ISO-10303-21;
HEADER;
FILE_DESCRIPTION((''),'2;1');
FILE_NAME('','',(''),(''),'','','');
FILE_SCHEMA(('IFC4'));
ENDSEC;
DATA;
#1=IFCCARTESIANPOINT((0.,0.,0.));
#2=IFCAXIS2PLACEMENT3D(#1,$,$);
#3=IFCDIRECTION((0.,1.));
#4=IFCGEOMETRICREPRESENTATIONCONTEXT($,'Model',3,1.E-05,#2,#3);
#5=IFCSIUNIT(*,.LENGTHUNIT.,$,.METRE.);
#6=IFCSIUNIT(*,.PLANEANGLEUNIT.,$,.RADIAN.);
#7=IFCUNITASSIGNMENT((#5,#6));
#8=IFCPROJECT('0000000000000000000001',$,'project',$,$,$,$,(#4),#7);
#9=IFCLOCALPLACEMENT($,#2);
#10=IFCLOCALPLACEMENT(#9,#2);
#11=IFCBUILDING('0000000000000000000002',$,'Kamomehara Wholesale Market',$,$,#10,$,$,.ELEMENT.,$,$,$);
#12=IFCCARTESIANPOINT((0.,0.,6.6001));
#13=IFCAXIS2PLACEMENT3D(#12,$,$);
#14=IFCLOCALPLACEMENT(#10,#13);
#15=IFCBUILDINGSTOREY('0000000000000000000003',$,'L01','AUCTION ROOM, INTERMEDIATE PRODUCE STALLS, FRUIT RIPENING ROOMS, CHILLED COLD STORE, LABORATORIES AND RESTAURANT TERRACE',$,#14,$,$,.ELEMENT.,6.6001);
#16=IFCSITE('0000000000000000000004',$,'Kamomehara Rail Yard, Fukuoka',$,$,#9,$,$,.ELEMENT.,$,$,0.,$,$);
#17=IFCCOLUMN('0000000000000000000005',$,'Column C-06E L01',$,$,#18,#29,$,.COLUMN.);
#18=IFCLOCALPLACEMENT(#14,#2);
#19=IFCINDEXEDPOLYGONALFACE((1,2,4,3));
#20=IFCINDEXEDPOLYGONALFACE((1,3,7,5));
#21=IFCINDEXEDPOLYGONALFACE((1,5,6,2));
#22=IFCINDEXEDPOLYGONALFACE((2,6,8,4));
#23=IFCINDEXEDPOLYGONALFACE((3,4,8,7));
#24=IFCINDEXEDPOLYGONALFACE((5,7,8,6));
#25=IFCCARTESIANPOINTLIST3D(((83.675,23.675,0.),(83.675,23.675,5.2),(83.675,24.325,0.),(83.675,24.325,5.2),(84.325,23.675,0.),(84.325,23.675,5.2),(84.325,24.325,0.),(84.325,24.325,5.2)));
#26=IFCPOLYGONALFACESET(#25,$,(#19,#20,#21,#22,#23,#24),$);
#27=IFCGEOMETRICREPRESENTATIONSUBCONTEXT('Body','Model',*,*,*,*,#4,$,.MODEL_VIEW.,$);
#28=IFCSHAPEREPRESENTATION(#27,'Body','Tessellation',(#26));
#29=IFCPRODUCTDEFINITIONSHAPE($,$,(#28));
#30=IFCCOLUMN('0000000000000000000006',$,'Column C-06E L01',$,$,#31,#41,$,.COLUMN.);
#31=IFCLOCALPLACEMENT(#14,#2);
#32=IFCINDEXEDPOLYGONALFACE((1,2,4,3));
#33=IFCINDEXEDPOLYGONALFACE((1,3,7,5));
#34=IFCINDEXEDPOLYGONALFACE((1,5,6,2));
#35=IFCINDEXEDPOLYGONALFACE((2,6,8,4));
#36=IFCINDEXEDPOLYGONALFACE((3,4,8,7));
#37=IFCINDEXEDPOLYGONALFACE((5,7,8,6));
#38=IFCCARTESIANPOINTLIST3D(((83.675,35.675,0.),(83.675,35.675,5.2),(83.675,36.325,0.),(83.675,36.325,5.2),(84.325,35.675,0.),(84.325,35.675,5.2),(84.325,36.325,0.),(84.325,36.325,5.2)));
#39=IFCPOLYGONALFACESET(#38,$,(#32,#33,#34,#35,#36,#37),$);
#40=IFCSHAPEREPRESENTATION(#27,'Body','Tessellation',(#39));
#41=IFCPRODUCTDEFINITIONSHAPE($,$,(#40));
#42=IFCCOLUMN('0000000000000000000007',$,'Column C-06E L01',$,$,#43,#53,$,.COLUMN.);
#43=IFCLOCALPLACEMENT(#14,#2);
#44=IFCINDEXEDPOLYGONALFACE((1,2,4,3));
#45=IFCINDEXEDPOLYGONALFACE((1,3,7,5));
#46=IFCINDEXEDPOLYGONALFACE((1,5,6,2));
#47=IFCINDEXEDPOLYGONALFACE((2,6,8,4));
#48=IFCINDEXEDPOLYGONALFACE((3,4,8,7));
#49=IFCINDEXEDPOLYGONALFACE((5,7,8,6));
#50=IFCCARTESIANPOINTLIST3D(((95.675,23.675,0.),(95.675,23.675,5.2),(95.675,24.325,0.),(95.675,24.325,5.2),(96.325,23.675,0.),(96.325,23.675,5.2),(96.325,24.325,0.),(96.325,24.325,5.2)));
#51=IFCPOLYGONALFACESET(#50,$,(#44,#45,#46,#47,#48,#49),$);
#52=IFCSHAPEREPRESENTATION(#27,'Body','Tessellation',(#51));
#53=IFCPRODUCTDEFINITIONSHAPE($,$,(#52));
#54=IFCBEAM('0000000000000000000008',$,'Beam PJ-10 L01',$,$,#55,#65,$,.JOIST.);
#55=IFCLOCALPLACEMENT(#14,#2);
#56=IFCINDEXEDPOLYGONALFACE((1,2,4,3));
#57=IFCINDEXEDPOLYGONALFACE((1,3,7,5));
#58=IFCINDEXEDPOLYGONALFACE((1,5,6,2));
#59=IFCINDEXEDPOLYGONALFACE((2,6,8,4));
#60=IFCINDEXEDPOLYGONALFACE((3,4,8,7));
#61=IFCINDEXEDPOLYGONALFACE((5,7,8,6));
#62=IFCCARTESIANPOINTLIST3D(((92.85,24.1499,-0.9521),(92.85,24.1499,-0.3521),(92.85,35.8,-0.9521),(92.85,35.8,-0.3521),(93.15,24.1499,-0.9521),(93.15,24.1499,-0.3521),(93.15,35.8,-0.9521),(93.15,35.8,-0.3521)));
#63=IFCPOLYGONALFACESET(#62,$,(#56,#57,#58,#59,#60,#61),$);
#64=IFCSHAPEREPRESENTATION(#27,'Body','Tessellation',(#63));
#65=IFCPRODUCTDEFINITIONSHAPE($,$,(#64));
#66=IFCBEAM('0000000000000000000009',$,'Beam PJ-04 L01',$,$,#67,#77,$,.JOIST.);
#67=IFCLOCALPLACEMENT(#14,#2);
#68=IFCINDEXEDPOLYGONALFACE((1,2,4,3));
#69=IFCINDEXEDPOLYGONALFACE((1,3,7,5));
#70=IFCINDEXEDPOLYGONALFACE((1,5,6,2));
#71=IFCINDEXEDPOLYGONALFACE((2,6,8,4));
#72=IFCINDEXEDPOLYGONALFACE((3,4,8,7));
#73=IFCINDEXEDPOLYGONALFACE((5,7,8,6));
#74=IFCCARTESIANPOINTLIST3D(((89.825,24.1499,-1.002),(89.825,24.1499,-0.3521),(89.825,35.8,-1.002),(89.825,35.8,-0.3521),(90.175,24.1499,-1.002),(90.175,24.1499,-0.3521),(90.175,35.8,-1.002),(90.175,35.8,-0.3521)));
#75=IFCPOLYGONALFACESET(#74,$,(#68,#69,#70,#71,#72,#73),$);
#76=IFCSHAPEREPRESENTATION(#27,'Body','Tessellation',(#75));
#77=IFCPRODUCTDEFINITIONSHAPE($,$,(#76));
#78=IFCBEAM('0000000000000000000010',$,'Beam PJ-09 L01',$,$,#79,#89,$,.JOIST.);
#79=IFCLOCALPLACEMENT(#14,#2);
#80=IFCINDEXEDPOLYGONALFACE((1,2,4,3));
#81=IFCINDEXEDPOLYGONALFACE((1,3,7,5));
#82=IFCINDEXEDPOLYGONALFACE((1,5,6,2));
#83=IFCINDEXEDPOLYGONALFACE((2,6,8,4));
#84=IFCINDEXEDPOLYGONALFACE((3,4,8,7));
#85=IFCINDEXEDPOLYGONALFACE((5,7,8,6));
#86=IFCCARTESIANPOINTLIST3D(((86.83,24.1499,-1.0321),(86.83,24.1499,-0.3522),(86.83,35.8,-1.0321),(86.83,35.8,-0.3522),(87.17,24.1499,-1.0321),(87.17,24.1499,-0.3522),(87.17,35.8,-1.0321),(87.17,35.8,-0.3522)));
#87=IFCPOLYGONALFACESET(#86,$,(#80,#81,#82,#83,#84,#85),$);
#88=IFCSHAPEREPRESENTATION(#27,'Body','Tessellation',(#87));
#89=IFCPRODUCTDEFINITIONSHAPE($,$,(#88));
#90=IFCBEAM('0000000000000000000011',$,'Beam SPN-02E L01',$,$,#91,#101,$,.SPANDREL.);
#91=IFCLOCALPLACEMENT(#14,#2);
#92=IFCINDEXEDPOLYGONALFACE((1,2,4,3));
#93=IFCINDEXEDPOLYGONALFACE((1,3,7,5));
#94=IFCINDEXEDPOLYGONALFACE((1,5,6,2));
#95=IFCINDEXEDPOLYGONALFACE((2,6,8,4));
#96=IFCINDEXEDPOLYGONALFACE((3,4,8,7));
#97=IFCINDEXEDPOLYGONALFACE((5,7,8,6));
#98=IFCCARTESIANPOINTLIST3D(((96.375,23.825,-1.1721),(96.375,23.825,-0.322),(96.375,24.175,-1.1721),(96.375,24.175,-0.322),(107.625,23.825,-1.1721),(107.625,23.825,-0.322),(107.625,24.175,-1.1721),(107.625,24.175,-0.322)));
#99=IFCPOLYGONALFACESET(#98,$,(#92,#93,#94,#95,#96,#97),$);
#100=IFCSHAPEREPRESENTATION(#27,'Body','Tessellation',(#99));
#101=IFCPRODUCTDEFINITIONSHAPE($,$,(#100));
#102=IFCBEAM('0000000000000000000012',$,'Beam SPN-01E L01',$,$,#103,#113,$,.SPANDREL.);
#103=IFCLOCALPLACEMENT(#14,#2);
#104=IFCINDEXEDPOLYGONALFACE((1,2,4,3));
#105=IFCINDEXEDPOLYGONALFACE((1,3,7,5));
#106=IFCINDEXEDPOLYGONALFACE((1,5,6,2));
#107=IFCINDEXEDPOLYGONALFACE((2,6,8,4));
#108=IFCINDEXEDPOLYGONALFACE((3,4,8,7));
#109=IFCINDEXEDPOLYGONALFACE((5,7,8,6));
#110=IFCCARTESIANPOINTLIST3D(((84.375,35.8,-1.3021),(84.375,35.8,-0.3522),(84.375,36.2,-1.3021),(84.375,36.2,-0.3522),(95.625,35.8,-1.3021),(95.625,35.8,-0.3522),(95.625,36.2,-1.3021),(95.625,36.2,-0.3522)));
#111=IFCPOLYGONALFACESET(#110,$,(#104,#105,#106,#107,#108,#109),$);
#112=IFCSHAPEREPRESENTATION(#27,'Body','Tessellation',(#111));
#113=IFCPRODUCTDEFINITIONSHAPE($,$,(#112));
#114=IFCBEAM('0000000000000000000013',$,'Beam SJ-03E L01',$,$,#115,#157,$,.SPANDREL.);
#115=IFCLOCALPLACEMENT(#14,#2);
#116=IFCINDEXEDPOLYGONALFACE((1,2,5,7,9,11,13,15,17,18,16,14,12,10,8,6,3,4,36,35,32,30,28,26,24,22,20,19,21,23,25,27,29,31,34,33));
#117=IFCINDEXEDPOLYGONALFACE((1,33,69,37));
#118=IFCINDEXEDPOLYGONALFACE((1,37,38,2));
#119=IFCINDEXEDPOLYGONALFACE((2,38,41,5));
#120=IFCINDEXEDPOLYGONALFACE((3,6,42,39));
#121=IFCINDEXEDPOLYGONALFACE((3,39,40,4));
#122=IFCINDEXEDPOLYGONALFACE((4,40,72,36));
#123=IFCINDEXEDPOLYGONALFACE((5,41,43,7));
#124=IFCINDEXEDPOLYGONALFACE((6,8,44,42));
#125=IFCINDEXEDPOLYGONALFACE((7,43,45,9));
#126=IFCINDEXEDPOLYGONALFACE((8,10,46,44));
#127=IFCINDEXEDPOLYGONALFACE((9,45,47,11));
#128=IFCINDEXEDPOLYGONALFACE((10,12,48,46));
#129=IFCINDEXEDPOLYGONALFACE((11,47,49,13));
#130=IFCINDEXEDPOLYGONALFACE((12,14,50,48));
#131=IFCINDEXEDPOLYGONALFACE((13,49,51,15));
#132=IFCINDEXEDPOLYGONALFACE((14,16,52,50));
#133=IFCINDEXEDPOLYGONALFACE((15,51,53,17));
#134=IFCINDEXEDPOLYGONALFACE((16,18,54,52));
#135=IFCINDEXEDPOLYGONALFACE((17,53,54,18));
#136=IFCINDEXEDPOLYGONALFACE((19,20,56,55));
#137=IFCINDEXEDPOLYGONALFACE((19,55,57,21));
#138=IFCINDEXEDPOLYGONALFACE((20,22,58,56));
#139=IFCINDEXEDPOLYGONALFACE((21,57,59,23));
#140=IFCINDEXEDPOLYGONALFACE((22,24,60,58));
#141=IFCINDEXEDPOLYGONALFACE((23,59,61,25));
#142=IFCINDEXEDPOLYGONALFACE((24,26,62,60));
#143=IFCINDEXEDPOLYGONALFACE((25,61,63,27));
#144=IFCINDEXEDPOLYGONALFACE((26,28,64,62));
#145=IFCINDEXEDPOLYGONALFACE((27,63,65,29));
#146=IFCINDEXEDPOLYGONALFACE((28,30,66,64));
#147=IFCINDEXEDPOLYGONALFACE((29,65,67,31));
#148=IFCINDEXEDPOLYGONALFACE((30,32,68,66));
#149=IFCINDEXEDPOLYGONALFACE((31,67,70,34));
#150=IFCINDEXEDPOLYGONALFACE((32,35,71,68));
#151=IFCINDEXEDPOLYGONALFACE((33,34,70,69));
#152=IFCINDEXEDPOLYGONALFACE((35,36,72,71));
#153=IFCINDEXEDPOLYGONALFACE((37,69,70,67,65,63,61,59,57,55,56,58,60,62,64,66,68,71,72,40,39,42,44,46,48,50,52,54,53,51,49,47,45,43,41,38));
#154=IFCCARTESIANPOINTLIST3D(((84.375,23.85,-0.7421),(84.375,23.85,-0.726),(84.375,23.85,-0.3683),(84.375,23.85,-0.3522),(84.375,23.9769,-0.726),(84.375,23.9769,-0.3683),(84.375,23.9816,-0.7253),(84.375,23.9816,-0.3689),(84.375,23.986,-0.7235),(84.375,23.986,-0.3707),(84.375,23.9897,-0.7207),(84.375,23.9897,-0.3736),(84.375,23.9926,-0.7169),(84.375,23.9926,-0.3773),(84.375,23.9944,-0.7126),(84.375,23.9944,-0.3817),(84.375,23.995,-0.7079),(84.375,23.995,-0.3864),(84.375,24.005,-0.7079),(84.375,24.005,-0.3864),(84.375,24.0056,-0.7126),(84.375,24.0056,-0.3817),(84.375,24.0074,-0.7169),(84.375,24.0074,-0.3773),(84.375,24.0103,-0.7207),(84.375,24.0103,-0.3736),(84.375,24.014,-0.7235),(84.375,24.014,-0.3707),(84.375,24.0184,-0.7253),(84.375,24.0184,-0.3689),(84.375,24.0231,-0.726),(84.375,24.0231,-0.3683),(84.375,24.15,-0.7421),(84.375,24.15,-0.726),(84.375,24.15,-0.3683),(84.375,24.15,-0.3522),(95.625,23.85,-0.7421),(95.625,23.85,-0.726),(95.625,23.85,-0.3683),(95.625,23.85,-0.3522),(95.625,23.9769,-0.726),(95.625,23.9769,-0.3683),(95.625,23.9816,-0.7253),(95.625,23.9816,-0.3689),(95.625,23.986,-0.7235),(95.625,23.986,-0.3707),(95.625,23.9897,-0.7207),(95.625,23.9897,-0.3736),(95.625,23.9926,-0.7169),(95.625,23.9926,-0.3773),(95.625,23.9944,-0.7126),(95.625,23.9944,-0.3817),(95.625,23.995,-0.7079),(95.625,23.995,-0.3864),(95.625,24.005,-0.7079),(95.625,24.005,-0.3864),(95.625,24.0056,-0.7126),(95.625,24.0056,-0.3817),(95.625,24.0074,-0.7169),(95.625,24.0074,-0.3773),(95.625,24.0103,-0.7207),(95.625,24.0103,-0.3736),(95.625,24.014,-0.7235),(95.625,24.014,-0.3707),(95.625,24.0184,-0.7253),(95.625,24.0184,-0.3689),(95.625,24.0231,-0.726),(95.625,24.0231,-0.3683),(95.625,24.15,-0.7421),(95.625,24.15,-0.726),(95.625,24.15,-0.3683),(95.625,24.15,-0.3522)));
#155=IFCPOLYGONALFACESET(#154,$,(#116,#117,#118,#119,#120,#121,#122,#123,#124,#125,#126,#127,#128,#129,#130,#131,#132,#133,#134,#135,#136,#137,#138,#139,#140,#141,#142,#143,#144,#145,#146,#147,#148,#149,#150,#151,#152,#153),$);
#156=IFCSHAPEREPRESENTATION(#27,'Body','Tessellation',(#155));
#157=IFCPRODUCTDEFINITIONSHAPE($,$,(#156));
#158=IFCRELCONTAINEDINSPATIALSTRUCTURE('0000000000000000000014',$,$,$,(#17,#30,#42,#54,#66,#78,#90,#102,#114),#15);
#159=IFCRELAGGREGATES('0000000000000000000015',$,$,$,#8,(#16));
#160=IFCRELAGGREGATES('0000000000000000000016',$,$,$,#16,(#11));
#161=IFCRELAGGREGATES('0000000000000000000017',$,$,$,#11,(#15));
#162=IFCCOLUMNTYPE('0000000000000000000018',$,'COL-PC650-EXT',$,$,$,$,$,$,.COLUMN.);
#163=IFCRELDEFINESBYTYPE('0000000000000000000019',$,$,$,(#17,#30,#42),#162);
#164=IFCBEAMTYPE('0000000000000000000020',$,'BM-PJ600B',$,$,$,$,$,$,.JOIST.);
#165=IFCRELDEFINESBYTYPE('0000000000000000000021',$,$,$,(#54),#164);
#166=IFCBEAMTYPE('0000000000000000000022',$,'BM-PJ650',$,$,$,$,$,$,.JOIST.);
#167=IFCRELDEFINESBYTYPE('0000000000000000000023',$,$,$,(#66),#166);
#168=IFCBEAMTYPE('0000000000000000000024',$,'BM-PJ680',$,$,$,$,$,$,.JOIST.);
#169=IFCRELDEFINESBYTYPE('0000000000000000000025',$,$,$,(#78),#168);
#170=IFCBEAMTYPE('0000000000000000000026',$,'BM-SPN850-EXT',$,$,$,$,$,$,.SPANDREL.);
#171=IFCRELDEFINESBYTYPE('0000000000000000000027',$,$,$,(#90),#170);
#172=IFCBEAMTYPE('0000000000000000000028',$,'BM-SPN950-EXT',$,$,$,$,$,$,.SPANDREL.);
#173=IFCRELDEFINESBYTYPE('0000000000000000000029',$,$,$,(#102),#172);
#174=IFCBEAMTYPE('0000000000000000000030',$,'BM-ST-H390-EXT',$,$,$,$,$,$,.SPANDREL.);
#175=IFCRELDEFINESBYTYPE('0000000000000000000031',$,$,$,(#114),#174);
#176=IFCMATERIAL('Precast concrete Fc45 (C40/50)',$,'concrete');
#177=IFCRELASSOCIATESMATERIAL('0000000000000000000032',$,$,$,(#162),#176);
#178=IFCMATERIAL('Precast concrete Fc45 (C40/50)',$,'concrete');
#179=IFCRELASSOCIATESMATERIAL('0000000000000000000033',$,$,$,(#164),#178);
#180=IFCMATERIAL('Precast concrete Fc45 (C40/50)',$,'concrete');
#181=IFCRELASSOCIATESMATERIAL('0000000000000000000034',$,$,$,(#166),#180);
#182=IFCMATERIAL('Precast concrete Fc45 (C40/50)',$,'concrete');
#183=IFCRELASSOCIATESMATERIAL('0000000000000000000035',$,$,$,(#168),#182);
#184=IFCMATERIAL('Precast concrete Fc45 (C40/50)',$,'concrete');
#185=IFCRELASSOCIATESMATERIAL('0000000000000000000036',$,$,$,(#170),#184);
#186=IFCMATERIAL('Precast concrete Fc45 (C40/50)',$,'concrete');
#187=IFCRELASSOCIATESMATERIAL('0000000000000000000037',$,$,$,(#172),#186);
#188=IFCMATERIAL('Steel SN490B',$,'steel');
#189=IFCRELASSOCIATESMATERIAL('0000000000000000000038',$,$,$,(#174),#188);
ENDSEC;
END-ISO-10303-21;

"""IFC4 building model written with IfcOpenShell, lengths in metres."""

from ifc_helpers import new_model, si_unit, direction, frame, origin, origin_2d, place, context, subcontext, project, spatial, rectangle, i_section, extrude, material, material_profile, profile_set, type_object, element, save


model = new_model("IFC4")

# Units and contexts
model_context = context("Model", 3, precision=1e-05, world=origin(), true_north=direction((0.0, 1.0)))
body_context = subcontext(model_context, "Body", "Model", "MODEL_VIEW")
ifc_project = project(units=[si_unit("LENGTHUNIT", "METRE"), si_unit("PLANEANGLEUNIT", "RADIAN")], contexts=[model_context])

# Site, building, storey
site_placement = place(None, origin())
site = spatial("IfcSite", under=ifc_project, at=site_placement, Name="Kamomehara Rail Yard, Fukuoka", CompositionType="ELEMENT", RefElevation=0.0)
building_placement = place(site_placement, origin())
building = spatial("IfcBuilding", under=site, at=building_placement, Name="Kamomehara Wholesale Market", CompositionType="ELEMENT")
storey_placement = place(building_placement, frame((0.0, 0.0, 6.6001)))
storey = spatial("IfcBuildingStorey", under=building, at=storey_placement, Name="L01", Description="AUCTION ROOM, INTERMEDIATE PRODUCE STALLS, FRUIT RIPENING ROOMS, CHILLED COLD STORE, LABORATORIES AND RESTAURANT TERRACE", CompositionType="ELEMENT", Elevation=6.6001)

# Columns
ifc_material_1 = material(Name="Precast concrete Fc45 (C40/50)", Category="concrete")
ifc_material_profile_1 = material_profile(ifc_material_1, rectangle(XDim=0.6499, YDim=0.6499, at=origin_2d()), Name="PC-COL-650x650")
ifc_profile_set_1 = profile_set([ifc_material_profile_1], Name="Precast concrete Fc45 (C40/50)")
column_type = type_object("IfcColumnType", Name="COL-PC650-EXT", PredefinedType="COLUMN", material=ifc_profile_set_1)
for number, where, z_axis, x_axis, name in (
    (1, (84.0, 24.0, 0.0), (0.0, 0.0, 1.0), (1.0, 0.0, 0.0), "Column C-06E L01"),
    (2, (84.0, 36.0, 0.0), (0.0, 0.0, 1.0), (1.0, 0.0, 0.0), "Column C-06E L01"),
    (3, (96.0, 24.0, 0.0), (0.0, 0.0, 1.0), (1.0, 0.0, 0.0), "Column C-06E L01"),
):
    element("IfcColumn", number, at=place(storey_placement, frame(where, z_axis=z_axis, x_axis=x_axis)), inside=storey, type_object=column_type, Name=name, PredefinedType="COLUMN", context=body_context, shape_type="SweptSolid", body=[
        extrude(rectangle(XDim=0.6499, YDim=0.6499, at=origin_2d()), origin(), (0.0, 0.0, 1.0), 5.2),
    ])

# Beams
ifc_material_2 = material(Name="Precast concrete Fc45 (C40/50)", Category="concrete")
ifc_material_profile_2 = material_profile(ifc_material_2, rectangle(XDim=0.3, YDim=0.6001, at=origin_2d()), Name="PC-JST-300x600")
ifc_profile_set_2 = profile_set([ifc_material_profile_2], Name="Precast concrete Fc45 (C40/50)")
beam_type_1 = type_object("IfcBeamType", Name="BM-PJ600B", PredefinedType="JOIST", material=ifc_profile_set_2)
beam_1_placement = place(storey_placement, frame((93.0, 24.1499, -0.6521), z_axis=(0.0, 1.0, 0.0), x_axis=(-1.0, 0.0, 0.0)))
element("IfcBeam", 4, at=beam_1_placement, inside=storey, type_object=beam_type_1, Name="Beam PJ-10 L01", PredefinedType="JOIST", context=body_context, shape_type="SweptSolid", body=[
    extrude(rectangle(XDim=0.3, YDim=0.6001, at=origin_2d()), origin(), (0.0, 0.0, 1.0), 11.6501),
])
ifc_material_3 = material(Name="Precast concrete Fc45 (C40/50)", Category="concrete")
ifc_material_profile_3 = material_profile(ifc_material_3, rectangle(XDim=0.3501, YDim=0.6499, at=origin_2d()), Name="PC-JST-350x650")
ifc_profile_set_3 = profile_set([ifc_material_profile_3], Name="Precast concrete Fc45 (C40/50)")
beam_type_2 = type_object("IfcBeamType", Name="BM-PJ650", PredefinedType="JOIST", material=ifc_profile_set_3)
beam_2_placement = place(storey_placement, frame((90.0, 24.1499, -0.677), z_axis=(0.0, 1.0, 0.0), x_axis=(-1.0, 0.0, 0.0)))
element("IfcBeam", 5, at=beam_2_placement, inside=storey, type_object=beam_type_2, Name="Beam PJ-04 L01", PredefinedType="JOIST", context=body_context, shape_type="SweptSolid", body=[
    extrude(rectangle(XDim=0.3501, YDim=0.6499, at=origin_2d()), origin(), (0.0, 0.0, 1.0), 11.6501),
])
ifc_material_4 = material(Name="Precast concrete Fc45 (C40/50)", Category="concrete")
ifc_material_profile_4 = material_profile(ifc_material_4, rectangle(XDim=0.3401, YDim=0.6799, at=origin_2d()), Name="PC-JST-340x680")
ifc_profile_set_4 = profile_set([ifc_material_profile_4], Name="Precast concrete Fc45 (C40/50)")
beam_type_3 = type_object("IfcBeamType", Name="BM-PJ680", PredefinedType="JOIST", material=ifc_profile_set_4)
beam_3_placement = place(storey_placement, frame((87.0, 24.1499, -0.6921), z_axis=(0.0, 1.0, 0.0), x_axis=(-1.0, 0.0, 0.0)))
element("IfcBeam", 6, at=beam_3_placement, inside=storey, type_object=beam_type_3, Name="Beam PJ-09 L01", PredefinedType="JOIST", context=body_context, shape_type="SweptSolid", body=[
    extrude(rectangle(XDim=0.3401, YDim=0.6799, at=origin_2d()), origin(), (0.0, 0.0, 1.0), 11.6501),
])
ifc_material_5 = material(Name="Precast concrete Fc45 (C40/50)", Category="concrete")
ifc_material_profile_5 = material_profile(ifc_material_5, rectangle(XDim=0.3501, YDim=0.8501, at=origin_2d()), Name="PC-SPN-350x850")
ifc_profile_set_5 = profile_set([ifc_material_profile_5], Name="Precast concrete Fc45 (C40/50)")
beam_type_4 = type_object("IfcBeamType", Name="BM-SPN850-EXT", PredefinedType="SPANDREL", material=ifc_profile_set_5)
beam_4_placement = place(storey_placement, frame((96.375, 24.0, -0.7471), z_axis=(1.0, 0.0, 0.0), x_axis=(0.0, 1.0, 0.0)))
element("IfcBeam", 7, at=beam_4_placement, inside=storey, type_object=beam_type_4, Name="Beam SPN-02E L01", PredefinedType="SPANDREL", context=body_context, shape_type="SweptSolid", body=[
    extrude(rectangle(XDim=0.3501, YDim=0.8501, at=origin_2d()), origin(), (0.0, 0.0, 1.0), 11.25),
])
ifc_material_6 = material(Name="Precast concrete Fc45 (C40/50)", Category="concrete")
ifc_material_profile_6 = material_profile(ifc_material_6, rectangle(XDim=0.3999, YDim=0.95, at=origin_2d()), Name="PC-SPN-400x950")
ifc_profile_set_6 = profile_set([ifc_material_profile_6], Name="Precast concrete Fc45 (C40/50)")
beam_type_5 = type_object("IfcBeamType", Name="BM-SPN950-EXT", PredefinedType="SPANDREL", material=ifc_profile_set_6)
beam_5_placement = place(storey_placement, frame((84.375, 36.0, -0.8271), z_axis=(1.0, 0.0, 0.0), x_axis=(0.0, 1.0, 0.0)))
element("IfcBeam", 8, at=beam_5_placement, inside=storey, type_object=beam_type_5, Name="Beam SPN-01E L01", PredefinedType="SPANDREL", context=body_context, shape_type="SweptSolid", body=[
    extrude(rectangle(XDim=0.3999, YDim=0.95, at=origin_2d()), origin(), (0.0, 0.0, 1.0), 11.25),
])
ifc_material_7 = material(Name="Steel SN490B", Category="steel")
ifc_material_profile_7 = material_profile(ifc_material_7, i_section(OverallWidth=0.3, OverallDepth=0.3899, WebThickness=0.01, FlangeThickness=0.0161, FilletRadius=0.0181, at=origin_2d()), Name="H-390x300x10x16")
ifc_profile_set_7 = profile_set([ifc_material_profile_7], Name="Steel SN490B")
beam_type_6 = type_object("IfcBeamType", Name="BM-ST-H390-EXT", PredefinedType="SPANDREL", material=ifc_profile_set_7)
beam_6_placement = place(storey_placement, frame((84.375, 24.0, -0.5471), z_axis=(1.0, 0.0, 0.0), x_axis=(0.0, 1.0, 0.0)))
element("IfcBeam", 9, at=beam_6_placement, inside=storey, type_object=beam_type_6, Name="Beam SJ-03E L01", PredefinedType="SPANDREL", context=body_context, shape_type="SweptSolid", body=[
    extrude(i_section(OverallWidth=0.3, OverallDepth=0.3899, WebThickness=0.01, FlangeThickness=0.0161, FilletRadius=0.0181, at=origin_2d()), origin(), (0.0, 0.0, 1.0), 11.25),
])

save(model, "model.ifc")
